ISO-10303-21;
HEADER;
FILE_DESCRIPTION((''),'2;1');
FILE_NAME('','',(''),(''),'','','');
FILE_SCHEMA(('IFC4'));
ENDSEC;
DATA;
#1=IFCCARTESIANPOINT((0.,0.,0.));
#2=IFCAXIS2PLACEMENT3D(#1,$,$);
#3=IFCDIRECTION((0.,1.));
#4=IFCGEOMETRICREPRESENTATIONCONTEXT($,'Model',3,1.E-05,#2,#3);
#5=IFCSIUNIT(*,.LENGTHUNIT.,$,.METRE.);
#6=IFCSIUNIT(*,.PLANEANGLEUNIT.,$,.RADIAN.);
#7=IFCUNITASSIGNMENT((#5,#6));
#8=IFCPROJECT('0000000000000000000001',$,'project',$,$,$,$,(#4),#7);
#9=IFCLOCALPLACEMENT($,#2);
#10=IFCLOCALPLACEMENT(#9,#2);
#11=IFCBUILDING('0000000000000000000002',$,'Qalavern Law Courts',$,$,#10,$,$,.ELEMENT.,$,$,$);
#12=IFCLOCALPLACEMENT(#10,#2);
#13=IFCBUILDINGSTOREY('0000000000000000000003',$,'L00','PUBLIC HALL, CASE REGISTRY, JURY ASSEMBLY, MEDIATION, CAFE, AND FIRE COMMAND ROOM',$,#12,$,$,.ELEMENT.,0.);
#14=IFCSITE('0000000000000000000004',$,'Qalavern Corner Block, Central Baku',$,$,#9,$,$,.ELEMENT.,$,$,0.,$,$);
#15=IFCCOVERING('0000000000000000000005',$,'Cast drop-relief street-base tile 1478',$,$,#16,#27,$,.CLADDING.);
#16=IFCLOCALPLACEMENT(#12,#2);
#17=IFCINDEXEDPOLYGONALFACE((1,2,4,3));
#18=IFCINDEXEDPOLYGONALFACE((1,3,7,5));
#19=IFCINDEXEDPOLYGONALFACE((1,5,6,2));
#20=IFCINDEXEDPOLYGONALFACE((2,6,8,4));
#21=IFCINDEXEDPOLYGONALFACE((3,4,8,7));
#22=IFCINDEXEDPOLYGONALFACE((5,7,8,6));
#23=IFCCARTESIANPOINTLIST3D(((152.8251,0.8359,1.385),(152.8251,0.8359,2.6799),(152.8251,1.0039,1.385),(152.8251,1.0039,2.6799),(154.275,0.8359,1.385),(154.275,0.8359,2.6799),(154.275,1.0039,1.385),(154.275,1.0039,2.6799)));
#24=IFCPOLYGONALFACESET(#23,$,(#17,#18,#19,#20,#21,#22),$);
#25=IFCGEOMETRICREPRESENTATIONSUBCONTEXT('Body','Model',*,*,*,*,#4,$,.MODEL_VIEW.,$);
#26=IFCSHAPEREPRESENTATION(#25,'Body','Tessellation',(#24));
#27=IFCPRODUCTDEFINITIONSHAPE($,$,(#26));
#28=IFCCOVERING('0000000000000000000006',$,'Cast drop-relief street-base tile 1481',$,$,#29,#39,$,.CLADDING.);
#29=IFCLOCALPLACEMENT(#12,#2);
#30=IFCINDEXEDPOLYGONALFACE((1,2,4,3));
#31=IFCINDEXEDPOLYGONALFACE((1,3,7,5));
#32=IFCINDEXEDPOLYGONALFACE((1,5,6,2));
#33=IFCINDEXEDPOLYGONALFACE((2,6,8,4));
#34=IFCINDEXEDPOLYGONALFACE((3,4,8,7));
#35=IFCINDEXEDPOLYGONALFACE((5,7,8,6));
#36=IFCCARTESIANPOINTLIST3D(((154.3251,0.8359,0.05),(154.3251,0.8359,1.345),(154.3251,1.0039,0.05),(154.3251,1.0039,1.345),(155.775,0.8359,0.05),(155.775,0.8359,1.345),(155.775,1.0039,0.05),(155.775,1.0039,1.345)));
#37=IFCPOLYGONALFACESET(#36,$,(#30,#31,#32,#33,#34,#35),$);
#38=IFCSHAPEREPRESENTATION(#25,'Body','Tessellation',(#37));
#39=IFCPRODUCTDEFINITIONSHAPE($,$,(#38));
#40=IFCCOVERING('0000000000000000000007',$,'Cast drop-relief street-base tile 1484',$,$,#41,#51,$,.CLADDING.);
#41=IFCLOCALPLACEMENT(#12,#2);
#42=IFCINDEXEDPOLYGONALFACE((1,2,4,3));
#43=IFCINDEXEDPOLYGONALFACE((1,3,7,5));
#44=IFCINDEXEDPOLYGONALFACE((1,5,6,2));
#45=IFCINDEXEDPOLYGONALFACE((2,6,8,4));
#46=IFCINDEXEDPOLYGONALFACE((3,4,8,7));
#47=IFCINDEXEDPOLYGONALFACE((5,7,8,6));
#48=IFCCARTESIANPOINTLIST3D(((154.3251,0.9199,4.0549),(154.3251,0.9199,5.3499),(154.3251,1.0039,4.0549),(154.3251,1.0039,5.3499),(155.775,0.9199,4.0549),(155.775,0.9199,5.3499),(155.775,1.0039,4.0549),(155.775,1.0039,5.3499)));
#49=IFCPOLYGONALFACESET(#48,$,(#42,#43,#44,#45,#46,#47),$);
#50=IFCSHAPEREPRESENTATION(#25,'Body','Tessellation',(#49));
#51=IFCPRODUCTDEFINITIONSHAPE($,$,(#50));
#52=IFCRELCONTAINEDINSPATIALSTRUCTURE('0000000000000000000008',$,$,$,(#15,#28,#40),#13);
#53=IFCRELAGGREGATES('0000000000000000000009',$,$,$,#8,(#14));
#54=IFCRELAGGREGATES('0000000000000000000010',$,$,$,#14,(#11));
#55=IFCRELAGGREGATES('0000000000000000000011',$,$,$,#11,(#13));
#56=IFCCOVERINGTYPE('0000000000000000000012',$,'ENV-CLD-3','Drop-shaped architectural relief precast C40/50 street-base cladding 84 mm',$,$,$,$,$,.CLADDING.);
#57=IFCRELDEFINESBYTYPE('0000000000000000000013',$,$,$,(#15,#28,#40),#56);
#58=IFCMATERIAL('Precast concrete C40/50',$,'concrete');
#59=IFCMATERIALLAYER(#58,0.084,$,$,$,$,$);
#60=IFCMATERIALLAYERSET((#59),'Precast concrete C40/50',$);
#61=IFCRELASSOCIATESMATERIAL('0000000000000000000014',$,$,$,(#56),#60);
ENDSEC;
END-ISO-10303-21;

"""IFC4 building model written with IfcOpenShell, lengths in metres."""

from ifc_helpers import new_model, si_unit, direction, frame, origin, origin_2d, place, context, subcontext, project, spatial, rectangle, extrude, material, layer, layer_set, type_object, element, save


model = new_model("IFC4")

# Units and contexts
model_context = context("Model", 3, precision=1e-05, world=origin(), true_north=direction((0.0, 1.0)))
body_context = subcontext(model_context, "Body", "Model", "MODEL_VIEW")
ifc_project = project(units=[si_unit("LENGTHUNIT", "METRE"), si_unit("PLANEANGLEUNIT", "RADIAN")], contexts=[model_context])

# Site, building, storey
site_placement = place(None, origin())
site = spatial("IfcSite", under=ifc_project, at=site_placement, Name="Qalavern Corner Block, Central Baku", CompositionType="ELEMENT", RefElevation=0.0)
building_placement = place(site_placement, origin())
building = spatial("IfcBuilding", under=site, at=building_placement, Name="Qalavern Law Courts", CompositionType="ELEMENT")
storey_placement = place(building_placement, origin())
storey = spatial("IfcBuildingStorey", under=building, at=storey_placement, Name="L00", Description="PUBLIC HALL, CASE REGISTRY, JURY ASSEMBLY, MEDIATION, CAFE, AND FIRE COMMAND ROOM", CompositionType="ELEMENT", Elevation=0.0)

# Coverings
ifc_material_1 = material(Name="Precast concrete C40/50", Category="concrete")
ifc_layer_1 = layer(ifc_material_1, 0.084)
ifc_layer_set_1 = layer_set([ifc_layer_1], Name="Precast concrete C40/50")
covering_type_1 = type_object("IfcCoveringType", Name="ENV-CLD-3", Description="Drop-shaped architectural relief precast C40/50 street-base cladding 84 mm", PredefinedType="CLADDING", material=ifc_layer_set_1)
for number, where, z_axis, x_axis, name in (
    (1, (153.55, 0.9199, 1.385), (0.0, 0.0, 1.0), (1.0, 0.0, 0.0), "Cast drop-relief street-base tile 1478"),
    (2, (155.05, 0.9199, 0.05), (0.0, 0.0, 1.0), (1.0, 0.0, 0.0), "Cast drop-relief street-base tile 1481"),
):
    element("IfcCovering", number, at=place(storey_placement, frame(where, z_axis=z_axis, x_axis=x_axis)), inside=storey, type_object=covering_type_1, Name=name, PredefinedType="CLADDING", context=body_context, shape_type="SweptSolid", body=[
        extrude(rectangle(XDim=1.45, YDim=0.168, at=origin_2d()), origin(), (0.0, 0.0, 1.0), 1.2949),
    ])
covering_1_placement = place(storey_placement, frame((155.05, 0.9619, 4.0549), z_axis=(0.0, 0.0, 1.0), x_axis=(1.0, 0.0, 0.0)))
element("IfcCovering", 3, at=covering_1_placement, inside=storey, type_object=covering_type_1, Name="Cast drop-relief street-base tile 1484", PredefinedType="CLADDING", context=body_context, shape_type="SweptSolid", body=[
    extrude(rectangle(XDim=1.45, YDim=0.084, at=origin_2d()), origin(), (0.0, 0.0, 1.0), 1.2949),
])

save(model, "model.ifc")
